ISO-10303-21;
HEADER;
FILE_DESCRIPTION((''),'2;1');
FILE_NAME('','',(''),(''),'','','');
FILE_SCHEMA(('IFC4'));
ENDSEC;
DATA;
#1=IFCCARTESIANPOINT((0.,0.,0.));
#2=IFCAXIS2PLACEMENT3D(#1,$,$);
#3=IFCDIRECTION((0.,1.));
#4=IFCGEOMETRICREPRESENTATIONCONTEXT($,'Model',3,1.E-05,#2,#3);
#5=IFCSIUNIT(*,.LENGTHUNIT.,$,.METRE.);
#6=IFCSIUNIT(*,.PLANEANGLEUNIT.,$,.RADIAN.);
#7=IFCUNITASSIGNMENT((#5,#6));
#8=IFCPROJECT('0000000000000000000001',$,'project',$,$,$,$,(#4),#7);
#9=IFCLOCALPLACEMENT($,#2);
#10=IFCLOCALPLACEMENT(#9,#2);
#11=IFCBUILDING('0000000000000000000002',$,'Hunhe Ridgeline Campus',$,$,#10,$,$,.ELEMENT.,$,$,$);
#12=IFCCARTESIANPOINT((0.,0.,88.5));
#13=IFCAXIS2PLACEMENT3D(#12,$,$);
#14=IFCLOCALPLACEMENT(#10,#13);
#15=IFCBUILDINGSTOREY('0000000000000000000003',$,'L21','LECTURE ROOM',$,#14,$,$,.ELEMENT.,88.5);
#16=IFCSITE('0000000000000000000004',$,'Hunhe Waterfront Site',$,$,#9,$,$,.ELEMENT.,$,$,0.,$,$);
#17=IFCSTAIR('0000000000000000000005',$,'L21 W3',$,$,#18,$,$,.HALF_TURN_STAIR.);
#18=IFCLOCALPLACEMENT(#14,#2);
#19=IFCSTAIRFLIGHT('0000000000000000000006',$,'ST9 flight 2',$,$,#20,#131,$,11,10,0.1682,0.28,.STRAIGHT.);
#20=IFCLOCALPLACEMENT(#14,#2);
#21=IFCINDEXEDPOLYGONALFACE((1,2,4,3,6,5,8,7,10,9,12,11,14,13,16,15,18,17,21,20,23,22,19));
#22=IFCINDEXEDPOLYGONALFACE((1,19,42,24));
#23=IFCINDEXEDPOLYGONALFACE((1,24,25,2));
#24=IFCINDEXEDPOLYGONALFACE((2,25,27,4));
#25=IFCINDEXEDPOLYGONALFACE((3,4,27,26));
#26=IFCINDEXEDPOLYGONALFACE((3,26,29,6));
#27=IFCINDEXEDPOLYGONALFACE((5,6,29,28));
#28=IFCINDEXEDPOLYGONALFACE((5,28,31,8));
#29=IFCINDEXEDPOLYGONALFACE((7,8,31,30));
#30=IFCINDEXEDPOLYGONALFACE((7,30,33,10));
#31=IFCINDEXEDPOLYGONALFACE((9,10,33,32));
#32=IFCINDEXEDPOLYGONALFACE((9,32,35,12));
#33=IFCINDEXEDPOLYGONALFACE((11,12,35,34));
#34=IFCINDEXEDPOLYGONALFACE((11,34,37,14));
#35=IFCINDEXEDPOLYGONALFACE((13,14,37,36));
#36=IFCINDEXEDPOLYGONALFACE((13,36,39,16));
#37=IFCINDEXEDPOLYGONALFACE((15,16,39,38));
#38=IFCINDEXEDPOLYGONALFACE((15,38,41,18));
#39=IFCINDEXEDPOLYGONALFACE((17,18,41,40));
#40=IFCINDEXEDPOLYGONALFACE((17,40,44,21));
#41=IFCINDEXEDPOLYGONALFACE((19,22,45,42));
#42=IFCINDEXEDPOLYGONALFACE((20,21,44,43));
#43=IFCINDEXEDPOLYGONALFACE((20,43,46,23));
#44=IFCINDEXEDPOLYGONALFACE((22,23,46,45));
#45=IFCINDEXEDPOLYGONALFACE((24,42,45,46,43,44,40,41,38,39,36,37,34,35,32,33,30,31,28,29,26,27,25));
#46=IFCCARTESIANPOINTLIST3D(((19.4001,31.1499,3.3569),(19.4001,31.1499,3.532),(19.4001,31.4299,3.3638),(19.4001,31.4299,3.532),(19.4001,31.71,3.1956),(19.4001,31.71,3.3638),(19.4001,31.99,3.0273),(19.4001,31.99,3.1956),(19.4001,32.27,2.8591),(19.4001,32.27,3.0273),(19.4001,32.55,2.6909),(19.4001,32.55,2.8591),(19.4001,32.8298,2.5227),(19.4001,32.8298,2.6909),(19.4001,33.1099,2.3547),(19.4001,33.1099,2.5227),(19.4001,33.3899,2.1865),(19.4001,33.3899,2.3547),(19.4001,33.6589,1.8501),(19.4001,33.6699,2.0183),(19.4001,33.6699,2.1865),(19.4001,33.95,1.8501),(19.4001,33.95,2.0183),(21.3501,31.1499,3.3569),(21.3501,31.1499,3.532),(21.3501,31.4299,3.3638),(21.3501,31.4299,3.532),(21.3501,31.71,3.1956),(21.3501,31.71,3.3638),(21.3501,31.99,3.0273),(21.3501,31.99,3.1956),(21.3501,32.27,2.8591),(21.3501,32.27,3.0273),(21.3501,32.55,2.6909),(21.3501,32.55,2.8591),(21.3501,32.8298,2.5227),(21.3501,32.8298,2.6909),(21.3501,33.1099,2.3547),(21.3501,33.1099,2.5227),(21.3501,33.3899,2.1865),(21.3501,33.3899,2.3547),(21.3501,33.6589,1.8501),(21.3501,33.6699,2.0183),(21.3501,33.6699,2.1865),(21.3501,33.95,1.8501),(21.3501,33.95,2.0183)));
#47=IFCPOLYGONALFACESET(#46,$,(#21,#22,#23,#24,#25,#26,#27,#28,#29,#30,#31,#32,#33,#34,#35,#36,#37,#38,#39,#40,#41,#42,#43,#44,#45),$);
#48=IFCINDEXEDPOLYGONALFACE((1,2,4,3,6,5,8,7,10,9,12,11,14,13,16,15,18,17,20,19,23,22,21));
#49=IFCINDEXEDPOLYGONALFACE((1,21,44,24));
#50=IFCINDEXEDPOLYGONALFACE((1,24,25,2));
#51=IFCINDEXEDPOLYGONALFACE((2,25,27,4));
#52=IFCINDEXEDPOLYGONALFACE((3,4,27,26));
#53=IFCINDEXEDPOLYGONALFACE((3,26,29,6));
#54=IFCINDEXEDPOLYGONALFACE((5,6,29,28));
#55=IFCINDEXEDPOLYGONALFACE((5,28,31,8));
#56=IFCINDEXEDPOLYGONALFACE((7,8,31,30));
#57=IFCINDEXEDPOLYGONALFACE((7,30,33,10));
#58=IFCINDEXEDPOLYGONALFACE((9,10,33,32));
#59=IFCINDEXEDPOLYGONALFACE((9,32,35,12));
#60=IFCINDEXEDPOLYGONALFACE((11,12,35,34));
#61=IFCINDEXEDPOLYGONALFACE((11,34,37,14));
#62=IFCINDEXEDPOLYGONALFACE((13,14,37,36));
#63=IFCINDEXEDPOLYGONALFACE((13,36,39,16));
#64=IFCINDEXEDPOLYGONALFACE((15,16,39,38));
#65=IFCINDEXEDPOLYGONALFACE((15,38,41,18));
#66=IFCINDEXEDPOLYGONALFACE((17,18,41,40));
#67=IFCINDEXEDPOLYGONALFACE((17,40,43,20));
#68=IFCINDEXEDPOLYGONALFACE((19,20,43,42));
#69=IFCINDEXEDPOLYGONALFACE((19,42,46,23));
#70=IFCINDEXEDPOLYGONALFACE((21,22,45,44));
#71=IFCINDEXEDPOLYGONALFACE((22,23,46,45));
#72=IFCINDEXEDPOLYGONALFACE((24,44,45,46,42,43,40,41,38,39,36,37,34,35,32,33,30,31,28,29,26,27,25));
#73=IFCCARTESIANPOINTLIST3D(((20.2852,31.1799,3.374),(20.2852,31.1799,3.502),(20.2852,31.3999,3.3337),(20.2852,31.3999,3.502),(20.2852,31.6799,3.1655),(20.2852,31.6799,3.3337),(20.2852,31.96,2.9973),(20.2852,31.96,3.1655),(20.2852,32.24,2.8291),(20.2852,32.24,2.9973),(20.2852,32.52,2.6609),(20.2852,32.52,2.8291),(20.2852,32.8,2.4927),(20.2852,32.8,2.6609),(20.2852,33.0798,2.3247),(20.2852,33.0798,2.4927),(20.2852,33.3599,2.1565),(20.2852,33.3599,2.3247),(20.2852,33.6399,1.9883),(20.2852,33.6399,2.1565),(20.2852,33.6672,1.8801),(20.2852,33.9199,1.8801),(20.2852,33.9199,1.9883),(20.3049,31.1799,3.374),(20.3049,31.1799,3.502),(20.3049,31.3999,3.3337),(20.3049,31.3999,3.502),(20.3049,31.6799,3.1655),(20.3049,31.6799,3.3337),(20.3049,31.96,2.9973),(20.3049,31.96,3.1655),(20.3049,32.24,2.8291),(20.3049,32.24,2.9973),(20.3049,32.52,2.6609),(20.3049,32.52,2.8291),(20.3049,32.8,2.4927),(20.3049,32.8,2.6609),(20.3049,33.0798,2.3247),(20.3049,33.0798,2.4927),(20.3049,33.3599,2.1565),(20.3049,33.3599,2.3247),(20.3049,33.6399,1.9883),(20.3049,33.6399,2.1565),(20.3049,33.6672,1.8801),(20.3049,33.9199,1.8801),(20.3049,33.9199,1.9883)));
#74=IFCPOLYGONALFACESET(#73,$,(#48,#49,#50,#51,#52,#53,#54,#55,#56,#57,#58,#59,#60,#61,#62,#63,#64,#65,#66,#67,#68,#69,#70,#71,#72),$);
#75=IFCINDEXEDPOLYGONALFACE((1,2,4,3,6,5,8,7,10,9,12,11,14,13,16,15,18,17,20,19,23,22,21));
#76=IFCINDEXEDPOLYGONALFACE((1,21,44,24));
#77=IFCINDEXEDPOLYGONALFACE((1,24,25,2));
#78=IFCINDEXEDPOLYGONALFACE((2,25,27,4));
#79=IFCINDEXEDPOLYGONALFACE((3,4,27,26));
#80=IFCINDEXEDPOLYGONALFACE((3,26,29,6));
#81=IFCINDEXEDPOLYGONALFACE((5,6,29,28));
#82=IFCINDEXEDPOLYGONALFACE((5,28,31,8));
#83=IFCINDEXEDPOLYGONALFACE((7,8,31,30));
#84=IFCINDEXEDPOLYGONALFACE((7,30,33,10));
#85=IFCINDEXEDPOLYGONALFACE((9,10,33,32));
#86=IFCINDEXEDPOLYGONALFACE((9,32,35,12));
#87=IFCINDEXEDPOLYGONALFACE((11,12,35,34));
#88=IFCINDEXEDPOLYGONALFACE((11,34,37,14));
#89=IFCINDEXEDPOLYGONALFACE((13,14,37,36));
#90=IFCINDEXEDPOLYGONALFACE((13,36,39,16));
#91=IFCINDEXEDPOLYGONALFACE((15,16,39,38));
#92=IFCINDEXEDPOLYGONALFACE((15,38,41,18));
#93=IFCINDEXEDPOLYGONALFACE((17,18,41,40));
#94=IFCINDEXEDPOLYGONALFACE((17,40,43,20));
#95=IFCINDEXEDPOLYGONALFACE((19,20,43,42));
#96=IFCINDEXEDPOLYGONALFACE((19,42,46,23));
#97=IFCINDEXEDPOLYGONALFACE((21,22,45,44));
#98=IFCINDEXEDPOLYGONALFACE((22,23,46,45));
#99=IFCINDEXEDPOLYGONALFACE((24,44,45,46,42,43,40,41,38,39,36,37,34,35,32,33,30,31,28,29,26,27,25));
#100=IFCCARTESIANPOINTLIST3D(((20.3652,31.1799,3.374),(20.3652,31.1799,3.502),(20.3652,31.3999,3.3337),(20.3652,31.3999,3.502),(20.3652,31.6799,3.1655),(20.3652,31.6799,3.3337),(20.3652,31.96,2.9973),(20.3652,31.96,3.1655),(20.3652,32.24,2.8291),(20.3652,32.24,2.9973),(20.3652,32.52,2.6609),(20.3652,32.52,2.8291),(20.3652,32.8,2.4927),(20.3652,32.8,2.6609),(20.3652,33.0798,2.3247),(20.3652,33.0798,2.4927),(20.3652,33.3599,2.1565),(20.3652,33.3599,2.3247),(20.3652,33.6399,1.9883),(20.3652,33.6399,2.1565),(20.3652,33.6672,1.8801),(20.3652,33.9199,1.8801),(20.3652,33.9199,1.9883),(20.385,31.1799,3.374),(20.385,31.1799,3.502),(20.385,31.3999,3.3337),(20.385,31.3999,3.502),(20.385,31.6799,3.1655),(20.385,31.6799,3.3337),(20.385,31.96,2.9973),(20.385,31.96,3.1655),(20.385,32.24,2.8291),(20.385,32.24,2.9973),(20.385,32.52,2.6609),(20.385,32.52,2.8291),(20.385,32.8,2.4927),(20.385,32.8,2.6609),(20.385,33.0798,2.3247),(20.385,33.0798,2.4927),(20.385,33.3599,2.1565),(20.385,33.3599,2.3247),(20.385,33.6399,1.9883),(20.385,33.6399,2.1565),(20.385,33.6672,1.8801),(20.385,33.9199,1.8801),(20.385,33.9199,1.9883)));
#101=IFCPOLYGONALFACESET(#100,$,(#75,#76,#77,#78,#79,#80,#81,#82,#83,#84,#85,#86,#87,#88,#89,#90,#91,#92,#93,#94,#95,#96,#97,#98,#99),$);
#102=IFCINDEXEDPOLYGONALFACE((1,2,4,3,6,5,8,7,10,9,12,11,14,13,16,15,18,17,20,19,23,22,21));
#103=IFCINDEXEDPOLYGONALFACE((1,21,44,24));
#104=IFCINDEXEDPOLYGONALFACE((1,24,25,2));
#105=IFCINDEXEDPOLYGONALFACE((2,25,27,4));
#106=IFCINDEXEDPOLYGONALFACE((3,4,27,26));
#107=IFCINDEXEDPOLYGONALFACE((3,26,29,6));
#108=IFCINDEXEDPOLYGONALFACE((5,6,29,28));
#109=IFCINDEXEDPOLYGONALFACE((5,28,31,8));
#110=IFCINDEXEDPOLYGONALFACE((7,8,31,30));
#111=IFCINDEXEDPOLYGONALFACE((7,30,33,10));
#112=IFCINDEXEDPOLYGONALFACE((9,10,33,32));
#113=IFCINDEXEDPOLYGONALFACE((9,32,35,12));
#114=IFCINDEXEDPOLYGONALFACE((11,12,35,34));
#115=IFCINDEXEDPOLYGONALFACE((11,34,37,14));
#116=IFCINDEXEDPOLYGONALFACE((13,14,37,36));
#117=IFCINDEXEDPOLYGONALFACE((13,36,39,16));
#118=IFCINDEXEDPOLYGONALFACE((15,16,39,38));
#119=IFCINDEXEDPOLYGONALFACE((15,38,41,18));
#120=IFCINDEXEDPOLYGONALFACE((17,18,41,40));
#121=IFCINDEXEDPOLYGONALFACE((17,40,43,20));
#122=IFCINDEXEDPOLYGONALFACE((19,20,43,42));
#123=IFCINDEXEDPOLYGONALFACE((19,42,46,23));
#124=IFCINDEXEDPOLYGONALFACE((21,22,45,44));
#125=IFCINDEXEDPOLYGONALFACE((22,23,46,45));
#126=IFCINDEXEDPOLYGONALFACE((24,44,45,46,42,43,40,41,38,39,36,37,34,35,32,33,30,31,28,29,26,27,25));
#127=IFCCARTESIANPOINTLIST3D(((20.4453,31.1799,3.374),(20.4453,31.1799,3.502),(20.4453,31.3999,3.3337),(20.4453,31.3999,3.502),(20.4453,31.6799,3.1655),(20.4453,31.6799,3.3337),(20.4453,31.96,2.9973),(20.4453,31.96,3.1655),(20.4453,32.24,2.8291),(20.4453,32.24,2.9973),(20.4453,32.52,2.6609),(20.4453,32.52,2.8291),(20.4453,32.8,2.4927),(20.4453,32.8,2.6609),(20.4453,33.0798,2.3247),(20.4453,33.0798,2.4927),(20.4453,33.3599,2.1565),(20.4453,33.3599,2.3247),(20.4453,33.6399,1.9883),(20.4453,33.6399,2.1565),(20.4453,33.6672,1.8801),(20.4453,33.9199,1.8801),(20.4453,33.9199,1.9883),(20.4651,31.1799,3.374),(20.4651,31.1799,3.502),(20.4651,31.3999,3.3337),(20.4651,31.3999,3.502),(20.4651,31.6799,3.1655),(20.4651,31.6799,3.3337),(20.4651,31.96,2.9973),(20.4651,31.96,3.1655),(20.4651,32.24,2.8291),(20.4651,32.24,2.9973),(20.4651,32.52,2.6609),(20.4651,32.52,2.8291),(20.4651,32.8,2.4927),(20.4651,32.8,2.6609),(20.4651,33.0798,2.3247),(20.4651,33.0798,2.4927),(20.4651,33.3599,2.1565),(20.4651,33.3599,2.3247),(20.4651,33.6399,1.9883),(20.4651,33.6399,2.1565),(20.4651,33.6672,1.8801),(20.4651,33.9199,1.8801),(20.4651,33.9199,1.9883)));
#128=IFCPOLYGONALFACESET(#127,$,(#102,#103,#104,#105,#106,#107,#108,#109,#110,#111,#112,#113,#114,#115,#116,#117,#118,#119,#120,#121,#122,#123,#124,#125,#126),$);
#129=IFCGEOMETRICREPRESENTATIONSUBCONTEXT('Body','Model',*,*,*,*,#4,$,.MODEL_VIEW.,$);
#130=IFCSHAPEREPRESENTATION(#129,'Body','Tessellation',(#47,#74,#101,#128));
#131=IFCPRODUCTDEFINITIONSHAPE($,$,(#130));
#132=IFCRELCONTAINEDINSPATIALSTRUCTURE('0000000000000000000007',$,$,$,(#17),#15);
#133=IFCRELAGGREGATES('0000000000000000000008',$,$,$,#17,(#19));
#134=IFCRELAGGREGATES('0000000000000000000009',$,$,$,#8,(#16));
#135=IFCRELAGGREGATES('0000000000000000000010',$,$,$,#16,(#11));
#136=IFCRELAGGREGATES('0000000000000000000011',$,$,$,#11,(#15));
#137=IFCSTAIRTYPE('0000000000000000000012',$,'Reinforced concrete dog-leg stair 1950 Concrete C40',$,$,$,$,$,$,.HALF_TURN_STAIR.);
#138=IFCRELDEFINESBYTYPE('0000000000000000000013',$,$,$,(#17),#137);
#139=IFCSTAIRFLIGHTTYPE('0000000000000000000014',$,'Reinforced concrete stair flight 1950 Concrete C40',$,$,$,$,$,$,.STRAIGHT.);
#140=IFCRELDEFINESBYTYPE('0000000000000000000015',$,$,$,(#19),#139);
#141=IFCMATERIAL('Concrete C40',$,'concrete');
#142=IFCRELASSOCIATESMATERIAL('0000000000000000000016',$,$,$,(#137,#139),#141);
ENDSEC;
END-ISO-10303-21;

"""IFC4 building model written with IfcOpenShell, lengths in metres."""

from ifc_helpers import new_model, si_unit, direction, frame, origin, place, context, subcontext, project, spatial, polyline, outline, extrude, material, type_object, element, aggregate, save


model = new_model("IFC4")

# Units and contexts
model_context = context("Model", 3, precision=1e-05, world=origin(), true_north=direction((0.0, 1.0)))
body_context = subcontext(model_context, "Body", "Model", "MODEL_VIEW")
ifc_project = project(units=[si_unit("LENGTHUNIT", "METRE"), si_unit("PLANEANGLEUNIT", "RADIAN")], contexts=[model_context])

# Site, building, storey
site_placement = place(None, origin())
site = spatial("IfcSite", under=ifc_project, at=site_placement, Name="Hunhe Waterfront Site", CompositionType="ELEMENT", RefElevation=0.0)
building_placement = place(site_placement, origin())
building = spatial("IfcBuilding", under=site, at=building_placement, Name="Hunhe Ridgeline Campus", CompositionType="ELEMENT")
storey_placement = place(building_placement, frame((0.0, 0.0, 88.5)))
storey = spatial("IfcBuildingStorey", under=building, at=storey_placement, Name="L21", Description="LECTURE ROOM", CompositionType="ELEMENT", Elevation=88.5)

# Stair, stair flight
ifc_material_1 = material(Name="Concrete C40", Category="concrete")
stair_type = type_object("IfcStairType", Name="Reinforced concrete dog-leg stair 1950 Concrete C40", PredefinedType="HALF_TURN_STAIR", material=ifc_material_1)
stair_1_placement = place(storey_placement, origin())
stair_1 = element("IfcStair", 1, at=stair_1_placement, inside=storey, type_object=stair_type, Name="L21 W3", PredefinedType="HALF_TURN_STAIR")
stair_flight_type = type_object("IfcStairFlightType", Name="Reinforced concrete stair flight 1950 Concrete C40", PredefinedType="STRAIGHT", material=ifc_material_1)
stair_flight_1_placement = place(storey_placement, frame((20.375, 33.95, 1.8501), z_axis=(0.0, 0.0, 1.0), x_axis=(0.0, -1.0, 0.0)))
stair_flight_1 = element("IfcStairFlight", 2, at=stair_flight_1_placement, type_object=stair_flight_type, Name="ST9 flight 2", NumberOfRisers=11, NumberOfTreads=10, PredefinedType="STRAIGHT", RiserHeight=0.1682, TreadLength=0.28, context=body_context, shape_type="SweptSolid", body=[
    extrude(outline(polyline([(0.0, 0.0), (0.0, 0.1682), (0.28, 0.1682), (0.28, 0.3364), (0.5601, 0.3364), (0.5601, 0.5046), (0.8401, 0.5046), (0.8401, 0.6726), (1.1201, 0.6726), (1.1201, 0.8408), (1.3999, 0.8408), (1.3999, 1.009), (1.6799, 1.009), (1.6799, 1.1772), (1.96, 1.1772), (1.96, 1.3455), (2.24, 1.3455), (2.24, 1.5137), (2.52, 1.5137), (2.52, 1.6819), (2.8, 1.6819), (2.8, 1.8501), (2.8, 1.5068), (0.291, 0.0), (0.0, 0.0)])), frame((0.0, 0.9751, 0.0), z_axis=(0.0, -1.0, 0.0), x_axis=(1.0, 0.0, 0.0)), (0.0, 0.0, 1.0), 1.95),
    extrude(outline(polyline([(0.03, 0.03), (0.03, 0.1382), (0.3101, 0.1382), (0.3101, 0.3064), (0.5901, 0.3064), (0.5901, 0.4746), (0.8701, 0.4746), (0.8701, 0.6426), (1.1499, 0.6426), (1.1499, 0.8108), (1.4299, 0.8108), (1.4299, 0.979), (1.71, 0.979), (1.71, 1.1472), (1.99, 1.1472), (1.99, 1.3154), (2.27, 1.3154), (2.27, 1.4836), (2.55, 1.4836), (2.55, 1.6519), (2.77, 1.6519), (2.77, 1.5239), (0.2827, 0.03), (0.03, 0.03)])), frame((0.0, -0.0701, 0.0), z_axis=(0.0, -1.0, 0.0), x_axis=(1.0, 0.0, 0.0)), (0.0, 0.0, 1.0), 0.0198),
    extrude(outline(polyline([(0.03, 0.03), (0.03, 0.1382), (0.3101, 0.1382), (0.3101, 0.3064), (0.5901, 0.3064), (0.5901, 0.4746), (0.8701, 0.4746), (0.8701, 0.6426), (1.1499, 0.6426), (1.1499, 0.8108), (1.4299, 0.8108), (1.4299, 0.979), (1.71, 0.979), (1.71, 1.1472), (1.99, 1.1472), (1.99, 1.3154), (2.27, 1.3154), (2.27, 1.4836), (2.55, 1.4836), (2.55, 1.6519), (2.77, 1.6519), (2.77, 1.5239), (0.2827, 0.03), (0.03, 0.03)])), frame((0.0, 0.01, 0.0), z_axis=(0.0, -1.0, 0.0), x_axis=(1.0, 0.0, 0.0)), (0.0, 0.0, 1.0), 0.0198),
    extrude(outline(polyline([(0.03, 0.03), (0.03, 0.1382), (0.3101, 0.1382), (0.3101, 0.3064), (0.5901, 0.3064), (0.5901, 0.4746), (0.8701, 0.4746), (0.8701, 0.6426), (1.1499, 0.6426), (1.1499, 0.8108), (1.4299, 0.8108), (1.4299, 0.979), (1.71, 0.979), (1.71, 1.1472), (1.99, 1.1472), (1.99, 1.3154), (2.27, 1.3154), (2.27, 1.4836), (2.55, 1.4836), (2.55, 1.6519), (2.77, 1.6519), (2.77, 1.5239), (0.2827, 0.03), (0.03, 0.03)])), frame((0.0, 0.0901, 0.0), z_axis=(0.0, -1.0, 0.0), x_axis=(1.0, 0.0, 0.0)), (0.0, 0.0, 1.0), 0.0198),
])
aggregate(stair_1, [stair_flight_1])

save(model, "model.ifc")
